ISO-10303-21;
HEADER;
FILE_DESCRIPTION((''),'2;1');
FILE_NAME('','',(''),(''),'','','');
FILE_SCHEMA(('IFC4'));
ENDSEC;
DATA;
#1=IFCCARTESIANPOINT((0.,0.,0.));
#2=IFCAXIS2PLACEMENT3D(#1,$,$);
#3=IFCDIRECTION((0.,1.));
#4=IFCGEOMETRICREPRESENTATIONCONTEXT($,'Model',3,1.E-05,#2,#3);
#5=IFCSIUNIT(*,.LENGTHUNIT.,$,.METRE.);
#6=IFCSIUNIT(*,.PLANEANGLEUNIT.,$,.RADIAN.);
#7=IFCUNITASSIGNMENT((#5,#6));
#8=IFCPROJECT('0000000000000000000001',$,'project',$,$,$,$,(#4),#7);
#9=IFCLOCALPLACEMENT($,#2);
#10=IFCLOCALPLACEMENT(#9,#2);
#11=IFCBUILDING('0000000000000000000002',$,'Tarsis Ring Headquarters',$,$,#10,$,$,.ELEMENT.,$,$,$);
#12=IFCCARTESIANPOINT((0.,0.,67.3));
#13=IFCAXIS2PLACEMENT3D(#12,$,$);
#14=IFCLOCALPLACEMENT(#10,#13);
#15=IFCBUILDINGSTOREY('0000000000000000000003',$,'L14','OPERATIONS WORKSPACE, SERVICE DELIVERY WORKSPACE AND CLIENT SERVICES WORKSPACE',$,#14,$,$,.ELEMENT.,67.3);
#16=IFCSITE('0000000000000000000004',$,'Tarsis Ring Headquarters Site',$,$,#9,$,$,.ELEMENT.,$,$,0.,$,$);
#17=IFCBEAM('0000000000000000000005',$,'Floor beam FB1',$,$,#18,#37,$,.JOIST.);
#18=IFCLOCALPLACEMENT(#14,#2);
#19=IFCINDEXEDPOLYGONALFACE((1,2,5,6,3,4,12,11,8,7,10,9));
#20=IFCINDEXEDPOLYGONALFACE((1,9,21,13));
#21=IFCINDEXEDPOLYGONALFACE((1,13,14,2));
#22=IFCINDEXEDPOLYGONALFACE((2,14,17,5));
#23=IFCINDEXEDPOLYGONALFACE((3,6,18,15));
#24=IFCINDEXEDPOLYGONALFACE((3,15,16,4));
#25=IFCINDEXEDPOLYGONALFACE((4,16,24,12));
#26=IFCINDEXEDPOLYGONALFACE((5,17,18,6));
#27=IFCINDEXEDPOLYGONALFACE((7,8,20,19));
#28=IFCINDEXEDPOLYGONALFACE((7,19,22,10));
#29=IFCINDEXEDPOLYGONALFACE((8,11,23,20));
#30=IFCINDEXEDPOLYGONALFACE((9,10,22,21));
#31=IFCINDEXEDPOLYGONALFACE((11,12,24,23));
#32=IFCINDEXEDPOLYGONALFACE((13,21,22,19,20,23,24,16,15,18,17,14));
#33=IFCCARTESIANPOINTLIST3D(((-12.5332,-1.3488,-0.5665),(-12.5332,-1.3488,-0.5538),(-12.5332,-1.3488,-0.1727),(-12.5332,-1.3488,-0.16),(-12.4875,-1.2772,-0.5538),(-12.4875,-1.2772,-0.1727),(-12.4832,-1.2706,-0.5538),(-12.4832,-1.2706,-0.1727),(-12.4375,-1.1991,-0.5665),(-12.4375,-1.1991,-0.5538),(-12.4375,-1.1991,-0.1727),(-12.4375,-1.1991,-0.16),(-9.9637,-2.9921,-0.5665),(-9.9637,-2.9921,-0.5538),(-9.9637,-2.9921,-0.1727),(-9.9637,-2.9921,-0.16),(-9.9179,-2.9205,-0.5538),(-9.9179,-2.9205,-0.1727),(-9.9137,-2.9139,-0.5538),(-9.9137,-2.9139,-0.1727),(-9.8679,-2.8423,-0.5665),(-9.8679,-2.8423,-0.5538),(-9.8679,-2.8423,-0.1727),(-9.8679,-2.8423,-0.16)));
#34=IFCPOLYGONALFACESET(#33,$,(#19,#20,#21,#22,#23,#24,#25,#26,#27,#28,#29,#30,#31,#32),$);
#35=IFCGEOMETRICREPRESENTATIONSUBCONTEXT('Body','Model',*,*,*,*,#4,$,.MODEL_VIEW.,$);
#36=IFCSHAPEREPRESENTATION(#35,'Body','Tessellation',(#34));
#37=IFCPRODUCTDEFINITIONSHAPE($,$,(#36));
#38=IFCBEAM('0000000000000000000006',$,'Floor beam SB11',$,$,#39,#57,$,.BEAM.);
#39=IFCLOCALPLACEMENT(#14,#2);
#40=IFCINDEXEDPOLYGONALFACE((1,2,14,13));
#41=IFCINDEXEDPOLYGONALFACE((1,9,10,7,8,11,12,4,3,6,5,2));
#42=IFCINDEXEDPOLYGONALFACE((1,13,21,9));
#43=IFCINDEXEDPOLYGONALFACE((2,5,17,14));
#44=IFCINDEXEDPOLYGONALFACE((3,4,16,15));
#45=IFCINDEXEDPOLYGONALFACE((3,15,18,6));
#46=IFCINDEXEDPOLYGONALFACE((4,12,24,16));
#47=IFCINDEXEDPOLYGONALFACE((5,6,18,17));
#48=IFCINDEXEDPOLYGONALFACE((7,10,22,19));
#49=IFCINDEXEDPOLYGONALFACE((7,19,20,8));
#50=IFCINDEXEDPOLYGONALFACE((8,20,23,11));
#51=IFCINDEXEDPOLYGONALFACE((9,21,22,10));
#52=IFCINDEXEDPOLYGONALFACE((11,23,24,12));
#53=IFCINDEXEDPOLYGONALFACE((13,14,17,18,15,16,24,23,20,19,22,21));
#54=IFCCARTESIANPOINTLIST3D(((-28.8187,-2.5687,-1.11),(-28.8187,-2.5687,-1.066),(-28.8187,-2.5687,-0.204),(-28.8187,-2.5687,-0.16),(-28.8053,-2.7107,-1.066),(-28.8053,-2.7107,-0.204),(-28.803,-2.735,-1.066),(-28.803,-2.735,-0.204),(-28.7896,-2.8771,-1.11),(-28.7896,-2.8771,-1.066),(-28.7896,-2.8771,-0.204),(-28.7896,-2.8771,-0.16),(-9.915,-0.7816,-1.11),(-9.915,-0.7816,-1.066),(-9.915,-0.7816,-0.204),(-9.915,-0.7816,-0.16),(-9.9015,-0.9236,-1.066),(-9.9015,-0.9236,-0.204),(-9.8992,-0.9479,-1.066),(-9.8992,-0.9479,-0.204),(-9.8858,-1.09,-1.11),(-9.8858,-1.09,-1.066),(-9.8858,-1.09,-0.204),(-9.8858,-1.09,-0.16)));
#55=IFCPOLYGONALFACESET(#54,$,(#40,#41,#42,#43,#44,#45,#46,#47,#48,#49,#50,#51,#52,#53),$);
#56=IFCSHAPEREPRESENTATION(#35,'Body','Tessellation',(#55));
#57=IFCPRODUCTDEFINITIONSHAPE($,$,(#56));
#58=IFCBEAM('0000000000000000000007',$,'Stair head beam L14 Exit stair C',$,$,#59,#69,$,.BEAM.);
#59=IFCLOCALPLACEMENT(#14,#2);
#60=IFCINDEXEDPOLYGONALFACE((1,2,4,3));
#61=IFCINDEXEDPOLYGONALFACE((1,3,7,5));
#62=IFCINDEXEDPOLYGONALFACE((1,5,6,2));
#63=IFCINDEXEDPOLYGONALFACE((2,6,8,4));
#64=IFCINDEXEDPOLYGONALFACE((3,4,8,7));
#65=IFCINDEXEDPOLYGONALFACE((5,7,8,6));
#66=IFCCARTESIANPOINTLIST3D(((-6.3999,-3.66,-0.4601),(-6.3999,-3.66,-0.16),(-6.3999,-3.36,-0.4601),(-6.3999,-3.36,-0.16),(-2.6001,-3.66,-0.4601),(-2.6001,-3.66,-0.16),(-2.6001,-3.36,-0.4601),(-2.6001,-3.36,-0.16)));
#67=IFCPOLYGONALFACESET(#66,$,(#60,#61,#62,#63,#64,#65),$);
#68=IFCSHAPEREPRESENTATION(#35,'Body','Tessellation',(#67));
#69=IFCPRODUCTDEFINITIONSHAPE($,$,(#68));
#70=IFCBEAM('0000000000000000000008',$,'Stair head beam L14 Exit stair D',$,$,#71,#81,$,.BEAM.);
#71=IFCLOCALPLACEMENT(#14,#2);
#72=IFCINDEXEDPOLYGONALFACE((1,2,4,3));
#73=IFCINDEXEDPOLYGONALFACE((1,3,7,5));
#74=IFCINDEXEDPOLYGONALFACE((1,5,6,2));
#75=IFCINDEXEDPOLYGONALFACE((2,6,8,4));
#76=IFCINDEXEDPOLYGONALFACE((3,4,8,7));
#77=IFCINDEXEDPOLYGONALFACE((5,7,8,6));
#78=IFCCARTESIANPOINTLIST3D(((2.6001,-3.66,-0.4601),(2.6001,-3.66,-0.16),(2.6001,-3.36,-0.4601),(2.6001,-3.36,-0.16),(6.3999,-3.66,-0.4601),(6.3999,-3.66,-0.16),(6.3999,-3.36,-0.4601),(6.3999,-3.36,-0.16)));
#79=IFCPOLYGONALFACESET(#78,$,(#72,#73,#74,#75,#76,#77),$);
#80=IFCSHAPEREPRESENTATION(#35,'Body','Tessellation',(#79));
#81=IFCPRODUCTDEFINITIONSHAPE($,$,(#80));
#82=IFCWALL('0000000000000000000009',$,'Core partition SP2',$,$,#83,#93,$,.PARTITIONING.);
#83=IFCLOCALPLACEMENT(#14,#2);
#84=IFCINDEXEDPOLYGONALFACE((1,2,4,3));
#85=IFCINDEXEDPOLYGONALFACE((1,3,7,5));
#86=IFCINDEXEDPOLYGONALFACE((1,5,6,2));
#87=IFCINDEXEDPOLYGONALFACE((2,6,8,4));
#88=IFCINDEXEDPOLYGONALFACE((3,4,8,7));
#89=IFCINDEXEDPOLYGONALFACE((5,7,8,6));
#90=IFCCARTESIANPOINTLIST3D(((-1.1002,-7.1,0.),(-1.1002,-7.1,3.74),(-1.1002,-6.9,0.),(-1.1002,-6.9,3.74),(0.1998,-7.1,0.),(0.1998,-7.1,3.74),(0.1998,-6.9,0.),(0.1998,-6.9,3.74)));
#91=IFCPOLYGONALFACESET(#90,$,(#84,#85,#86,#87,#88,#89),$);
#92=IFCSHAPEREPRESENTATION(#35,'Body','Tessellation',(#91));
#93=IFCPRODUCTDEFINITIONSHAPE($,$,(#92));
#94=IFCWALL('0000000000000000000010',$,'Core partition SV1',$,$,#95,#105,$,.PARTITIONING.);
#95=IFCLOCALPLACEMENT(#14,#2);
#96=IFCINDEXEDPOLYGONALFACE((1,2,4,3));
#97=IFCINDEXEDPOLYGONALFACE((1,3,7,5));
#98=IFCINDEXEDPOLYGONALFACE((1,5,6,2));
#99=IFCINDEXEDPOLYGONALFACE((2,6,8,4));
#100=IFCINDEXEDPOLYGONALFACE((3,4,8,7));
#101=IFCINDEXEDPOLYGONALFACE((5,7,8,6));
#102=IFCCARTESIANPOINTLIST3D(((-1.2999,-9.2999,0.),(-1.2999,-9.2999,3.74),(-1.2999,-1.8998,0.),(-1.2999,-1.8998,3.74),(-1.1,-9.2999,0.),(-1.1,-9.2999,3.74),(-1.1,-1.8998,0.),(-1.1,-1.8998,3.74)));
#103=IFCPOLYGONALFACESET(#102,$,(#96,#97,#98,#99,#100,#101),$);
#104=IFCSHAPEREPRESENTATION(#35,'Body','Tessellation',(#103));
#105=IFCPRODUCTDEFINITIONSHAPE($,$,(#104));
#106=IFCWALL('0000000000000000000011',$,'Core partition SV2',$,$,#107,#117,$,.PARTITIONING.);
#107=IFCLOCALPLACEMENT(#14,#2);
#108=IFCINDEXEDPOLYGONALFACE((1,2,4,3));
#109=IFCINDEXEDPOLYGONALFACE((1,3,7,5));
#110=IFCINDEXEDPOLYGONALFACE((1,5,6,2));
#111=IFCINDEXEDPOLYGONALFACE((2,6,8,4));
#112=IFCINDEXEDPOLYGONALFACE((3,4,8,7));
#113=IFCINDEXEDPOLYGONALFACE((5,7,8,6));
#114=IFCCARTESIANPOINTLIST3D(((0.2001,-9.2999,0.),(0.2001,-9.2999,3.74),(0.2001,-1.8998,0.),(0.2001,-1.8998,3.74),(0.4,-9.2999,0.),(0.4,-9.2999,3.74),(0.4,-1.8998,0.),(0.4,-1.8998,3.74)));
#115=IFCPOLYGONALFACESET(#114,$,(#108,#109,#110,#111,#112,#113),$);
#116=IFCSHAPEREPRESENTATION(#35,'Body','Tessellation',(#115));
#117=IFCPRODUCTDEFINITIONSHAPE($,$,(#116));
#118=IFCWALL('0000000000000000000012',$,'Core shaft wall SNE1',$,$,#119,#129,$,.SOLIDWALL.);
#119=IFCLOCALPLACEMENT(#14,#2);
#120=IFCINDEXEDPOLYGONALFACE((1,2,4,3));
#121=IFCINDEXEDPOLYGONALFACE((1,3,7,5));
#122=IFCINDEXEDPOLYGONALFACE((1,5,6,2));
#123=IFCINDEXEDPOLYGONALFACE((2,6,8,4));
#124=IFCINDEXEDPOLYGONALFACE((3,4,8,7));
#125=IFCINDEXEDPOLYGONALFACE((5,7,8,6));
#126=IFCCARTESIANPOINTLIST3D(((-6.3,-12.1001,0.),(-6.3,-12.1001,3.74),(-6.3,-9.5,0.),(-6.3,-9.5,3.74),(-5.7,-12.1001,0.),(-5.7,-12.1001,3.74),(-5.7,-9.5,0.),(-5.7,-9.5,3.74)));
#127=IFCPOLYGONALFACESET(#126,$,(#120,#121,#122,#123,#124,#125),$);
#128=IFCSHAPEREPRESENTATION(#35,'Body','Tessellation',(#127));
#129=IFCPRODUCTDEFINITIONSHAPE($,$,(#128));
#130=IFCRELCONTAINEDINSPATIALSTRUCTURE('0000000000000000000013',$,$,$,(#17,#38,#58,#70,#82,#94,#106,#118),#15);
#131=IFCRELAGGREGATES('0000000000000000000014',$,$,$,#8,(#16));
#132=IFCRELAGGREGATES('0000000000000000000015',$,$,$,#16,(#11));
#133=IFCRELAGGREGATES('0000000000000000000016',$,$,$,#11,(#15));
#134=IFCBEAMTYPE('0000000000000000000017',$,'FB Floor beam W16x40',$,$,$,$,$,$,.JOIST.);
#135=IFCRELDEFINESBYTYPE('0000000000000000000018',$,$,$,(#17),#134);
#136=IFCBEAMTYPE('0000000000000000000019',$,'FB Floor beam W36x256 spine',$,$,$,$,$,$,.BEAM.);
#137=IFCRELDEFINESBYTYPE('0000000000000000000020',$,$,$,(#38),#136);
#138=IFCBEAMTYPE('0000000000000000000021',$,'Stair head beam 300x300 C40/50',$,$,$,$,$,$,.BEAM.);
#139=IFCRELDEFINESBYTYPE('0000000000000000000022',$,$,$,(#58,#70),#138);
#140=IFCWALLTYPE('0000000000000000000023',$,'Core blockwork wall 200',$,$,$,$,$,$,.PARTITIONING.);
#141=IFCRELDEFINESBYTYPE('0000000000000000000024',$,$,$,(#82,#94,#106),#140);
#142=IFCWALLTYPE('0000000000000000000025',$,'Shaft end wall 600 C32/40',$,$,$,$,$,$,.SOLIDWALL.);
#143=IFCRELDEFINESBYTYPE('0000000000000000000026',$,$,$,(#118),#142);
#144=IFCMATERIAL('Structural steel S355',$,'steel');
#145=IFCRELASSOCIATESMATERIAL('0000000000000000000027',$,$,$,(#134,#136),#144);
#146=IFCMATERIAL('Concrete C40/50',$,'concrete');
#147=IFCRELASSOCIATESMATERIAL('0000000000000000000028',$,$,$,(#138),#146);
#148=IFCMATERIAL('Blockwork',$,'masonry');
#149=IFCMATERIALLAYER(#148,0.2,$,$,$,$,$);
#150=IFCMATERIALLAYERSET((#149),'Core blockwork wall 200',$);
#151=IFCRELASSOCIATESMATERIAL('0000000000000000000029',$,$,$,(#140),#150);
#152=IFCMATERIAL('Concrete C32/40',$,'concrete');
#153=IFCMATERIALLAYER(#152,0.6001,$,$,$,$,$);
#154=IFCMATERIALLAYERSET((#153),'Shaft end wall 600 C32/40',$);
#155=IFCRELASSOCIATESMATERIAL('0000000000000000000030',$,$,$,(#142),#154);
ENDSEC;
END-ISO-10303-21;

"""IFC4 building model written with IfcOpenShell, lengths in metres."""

from ifc_helpers import new_model, si_unit, direction, frame, frame_2d, origin, origin_2d, place, context, subcontext, project, spatial, rectangle, i_section, extrude, material, layer, layer_set, material_profile, profile_set, type_object, element, save


model = new_model("IFC4")

# Units and contexts
model_context = context("Model", 3, precision=1e-05, world=origin(), true_north=direction((0.0, 1.0)))
body_context = subcontext(model_context, "Body", "Model", "MODEL_VIEW")
ifc_project = project(units=[si_unit("LENGTHUNIT", "METRE"), si_unit("PLANEANGLEUNIT", "RADIAN")], contexts=[model_context])

# Site, building, storey
site_placement = place(None, origin())
site = spatial("IfcSite", under=ifc_project, at=site_placement, Name="Tarsis Ring Headquarters Site", CompositionType="ELEMENT", RefElevation=0.0)
building_placement = place(site_placement, origin())
building = spatial("IfcBuilding", under=site, at=building_placement, Name="Tarsis Ring Headquarters", CompositionType="ELEMENT")
storey_placement = place(building_placement, frame((0.0, 0.0, 67.3)))
storey = spatial("IfcBuildingStorey", under=building, at=storey_placement, Name="L14", Description="OPERATIONS WORKSPACE, SERVICE DELIVERY WORKSPACE AND CLIENT SERVICES WORKSPACE", CompositionType="ELEMENT", Elevation=67.3)

# Beams
ifc_material_1 = material(Name="Structural steel S355", Category="steel")
ifc_material_profile_1 = material_profile(ifc_material_1, i_section(OverallWidth=0.1777, OverallDepth=0.4065, WebThickness=0.0078, FlangeThickness=0.0127, at=origin_2d()), Name="W16x40")
ifc_profile_set_1 = profile_set([ifc_material_profile_1], Name="Structural steel S355")
beam_type_1 = type_object("IfcBeamType", Name="FB Floor beam W16x40", PredefinedType="JOIST", material=ifc_profile_set_1)
beam_1_placement = place(storey_placement, frame((-12.4854, -1.2739, -0.3633), z_axis=(0.842453, -0.53877, 0.0), x_axis=(0.53877, 0.842453, 0.0)))
element("IfcBeam", 1, at=beam_1_placement, inside=storey, type_object=beam_type_1, Name="Floor beam FB1", PredefinedType="JOIST", context=body_context, shape_type="SweptSolid", body=[
    extrude(i_section(OverallWidth=0.1777, OverallDepth=0.4065, WebThickness=0.0078, FlangeThickness=0.0127, at=origin_2d()), origin(), (0.0, 0.0, 1.0), 3.05),
])
ifc_material_profile_2 = material_profile(ifc_material_1, i_section(OverallWidth=0.3098, OverallDepth=0.95, WebThickness=0.0244, FlangeThickness=0.0439, at=origin_2d()), Name="W36x256")
ifc_profile_set_2 = profile_set([ifc_material_profile_2], Name="Structural steel S355")
beam_type_2 = type_object("IfcBeamType", Name="FB Floor beam W36x256 spine", PredefinedType="BEAM", material=ifc_profile_set_2)
beam_2_placement = place(storey_placement, frame((-9.9004, -0.9358, -0.635), z_axis=(-0.995561, -0.094117, 0.0), x_axis=(0.094117, -0.995561, 0.0)))
element("IfcBeam", 2, at=beam_2_placement, inside=storey, type_object=beam_type_2, Name="Floor beam SB11", PredefinedType="BEAM", context=body_context, shape_type="SweptSolid", body=[
    extrude(i_section(OverallWidth=0.3098, OverallDepth=0.95, WebThickness=0.0244, FlangeThickness=0.0439, at=origin_2d()), origin(), (0.0, 0.0, 1.0), 18.988),
])
ifc_material_2 = material(Name="Concrete C40/50", Category="concrete")
ifc_material_profile_3 = material_profile(ifc_material_2, rectangle(XDim=0.3, YDim=0.3, at=origin_2d()), Name="Stair head beam 300x300 C40/50")
ifc_profile_set_3 = profile_set([ifc_material_profile_3], Name="Concrete C40/50")
beam_type_3 = type_object("IfcBeamType", Name="Stair head beam 300x300 C40/50", PredefinedType="BEAM", material=ifc_profile_set_3)
for number, where, z_axis, x_axis, name in (
    (3, (-6.3999, -3.51, -0.3101), (1.0, 0.0, 0.0), (0.0, 1.0, 0.0), "Stair head beam L14 Exit stair C"),
    (4, (2.6001, -3.51, -0.3101), (1.0, 0.0, 0.0), (0.0, 1.0, 0.0), "Stair head beam L14 Exit stair D"),
):
    element("IfcBeam", number, at=place(storey_placement, frame(where, z_axis=z_axis, x_axis=x_axis)), inside=storey, type_object=beam_type_3, Name=name, PredefinedType="BEAM", context=body_context, shape_type="SweptSolid", body=[
        extrude(rectangle(XDim=0.3, YDim=0.3, at=origin_2d()), origin(), (0.0, 0.0, 1.0), 3.7998),
    ])

# Walls
ifc_material_3 = material(Name="Blockwork", Category="masonry")
ifc_layer_1 = layer(ifc_material_3, 0.2)
ifc_layer_set_1 = layer_set([ifc_layer_1], Name="Core blockwork wall 200")
wall_type_1 = type_object("IfcWallType", Name="Core blockwork wall 200", PredefinedType="PARTITIONING", material=ifc_layer_set_1)
wall_1_placement = place(storey_placement, frame((-1.1001, -7.0, 0.0), z_axis=(0.0, 0.0, 1.0), x_axis=(1.0, 0.0, 0.0)))
element("IfcWall", 5, at=wall_1_placement, inside=storey, type_object=wall_type_1, Name="Core partition SP2", PredefinedType="PARTITIONING", context=body_context, shape_type="SweptSolid", body=[
    extrude(rectangle(XDim=1.3, YDim=0.2, at=frame_2d((0.6499, 0.0))), origin(), (0.0, 0.0, 1.0), 3.74),
])
for number, where, z_axis, x_axis, name in (
    (6, (-1.2, -9.3, 0.0), (0.0, 0.0, 1.0), (0.0, 1.0, 0.0), "Core partition SV1"),
    (7, (0.3, -9.3, 0.0), (0.0, 0.0, 1.0), (0.0, 1.0, 0.0), "Core partition SV2"),
):
    element("IfcWall", number, at=place(storey_placement, frame(where, z_axis=z_axis, x_axis=x_axis)), inside=storey, type_object=wall_type_1, Name=name, PredefinedType="PARTITIONING", context=body_context, shape_type="SweptSolid", body=[
        extrude(rectangle(XDim=7.4001, YDim=0.2, at=frame_2d((3.7002, 0.0))), origin(), (0.0, 0.0, 1.0), 3.74),
    ])
ifc_material_4 = material(Name="Concrete C32/40", Category="concrete")
ifc_layer_2 = layer(ifc_material_4, 0.6001)
ifc_layer_set_2 = layer_set([ifc_layer_2], Name="Shaft end wall 600 C32/40")
wall_type_2 = type_object("IfcWallType", Name="Shaft end wall 600 C32/40", PredefinedType="SOLIDWALL", material=ifc_layer_set_2)
wall_2_placement = place(storey_placement, frame((-6.0, -12.1001, 0.0), z_axis=(0.0, 0.0, 1.0), x_axis=(0.0, 1.0, 0.0)))
element("IfcWall", 8, at=wall_2_placement, inside=storey, type_object=wall_type_2, Name="Core shaft wall SNE1", PredefinedType="SOLIDWALL", context=body_context, shape_type="SweptSolid", body=[
    extrude(rectangle(XDim=2.6001, YDim=0.6001, at=frame_2d((1.3, 0.0))), origin(), (0.0, 0.0, 1.0), 3.74),
])

save(model, "model.ifc")
